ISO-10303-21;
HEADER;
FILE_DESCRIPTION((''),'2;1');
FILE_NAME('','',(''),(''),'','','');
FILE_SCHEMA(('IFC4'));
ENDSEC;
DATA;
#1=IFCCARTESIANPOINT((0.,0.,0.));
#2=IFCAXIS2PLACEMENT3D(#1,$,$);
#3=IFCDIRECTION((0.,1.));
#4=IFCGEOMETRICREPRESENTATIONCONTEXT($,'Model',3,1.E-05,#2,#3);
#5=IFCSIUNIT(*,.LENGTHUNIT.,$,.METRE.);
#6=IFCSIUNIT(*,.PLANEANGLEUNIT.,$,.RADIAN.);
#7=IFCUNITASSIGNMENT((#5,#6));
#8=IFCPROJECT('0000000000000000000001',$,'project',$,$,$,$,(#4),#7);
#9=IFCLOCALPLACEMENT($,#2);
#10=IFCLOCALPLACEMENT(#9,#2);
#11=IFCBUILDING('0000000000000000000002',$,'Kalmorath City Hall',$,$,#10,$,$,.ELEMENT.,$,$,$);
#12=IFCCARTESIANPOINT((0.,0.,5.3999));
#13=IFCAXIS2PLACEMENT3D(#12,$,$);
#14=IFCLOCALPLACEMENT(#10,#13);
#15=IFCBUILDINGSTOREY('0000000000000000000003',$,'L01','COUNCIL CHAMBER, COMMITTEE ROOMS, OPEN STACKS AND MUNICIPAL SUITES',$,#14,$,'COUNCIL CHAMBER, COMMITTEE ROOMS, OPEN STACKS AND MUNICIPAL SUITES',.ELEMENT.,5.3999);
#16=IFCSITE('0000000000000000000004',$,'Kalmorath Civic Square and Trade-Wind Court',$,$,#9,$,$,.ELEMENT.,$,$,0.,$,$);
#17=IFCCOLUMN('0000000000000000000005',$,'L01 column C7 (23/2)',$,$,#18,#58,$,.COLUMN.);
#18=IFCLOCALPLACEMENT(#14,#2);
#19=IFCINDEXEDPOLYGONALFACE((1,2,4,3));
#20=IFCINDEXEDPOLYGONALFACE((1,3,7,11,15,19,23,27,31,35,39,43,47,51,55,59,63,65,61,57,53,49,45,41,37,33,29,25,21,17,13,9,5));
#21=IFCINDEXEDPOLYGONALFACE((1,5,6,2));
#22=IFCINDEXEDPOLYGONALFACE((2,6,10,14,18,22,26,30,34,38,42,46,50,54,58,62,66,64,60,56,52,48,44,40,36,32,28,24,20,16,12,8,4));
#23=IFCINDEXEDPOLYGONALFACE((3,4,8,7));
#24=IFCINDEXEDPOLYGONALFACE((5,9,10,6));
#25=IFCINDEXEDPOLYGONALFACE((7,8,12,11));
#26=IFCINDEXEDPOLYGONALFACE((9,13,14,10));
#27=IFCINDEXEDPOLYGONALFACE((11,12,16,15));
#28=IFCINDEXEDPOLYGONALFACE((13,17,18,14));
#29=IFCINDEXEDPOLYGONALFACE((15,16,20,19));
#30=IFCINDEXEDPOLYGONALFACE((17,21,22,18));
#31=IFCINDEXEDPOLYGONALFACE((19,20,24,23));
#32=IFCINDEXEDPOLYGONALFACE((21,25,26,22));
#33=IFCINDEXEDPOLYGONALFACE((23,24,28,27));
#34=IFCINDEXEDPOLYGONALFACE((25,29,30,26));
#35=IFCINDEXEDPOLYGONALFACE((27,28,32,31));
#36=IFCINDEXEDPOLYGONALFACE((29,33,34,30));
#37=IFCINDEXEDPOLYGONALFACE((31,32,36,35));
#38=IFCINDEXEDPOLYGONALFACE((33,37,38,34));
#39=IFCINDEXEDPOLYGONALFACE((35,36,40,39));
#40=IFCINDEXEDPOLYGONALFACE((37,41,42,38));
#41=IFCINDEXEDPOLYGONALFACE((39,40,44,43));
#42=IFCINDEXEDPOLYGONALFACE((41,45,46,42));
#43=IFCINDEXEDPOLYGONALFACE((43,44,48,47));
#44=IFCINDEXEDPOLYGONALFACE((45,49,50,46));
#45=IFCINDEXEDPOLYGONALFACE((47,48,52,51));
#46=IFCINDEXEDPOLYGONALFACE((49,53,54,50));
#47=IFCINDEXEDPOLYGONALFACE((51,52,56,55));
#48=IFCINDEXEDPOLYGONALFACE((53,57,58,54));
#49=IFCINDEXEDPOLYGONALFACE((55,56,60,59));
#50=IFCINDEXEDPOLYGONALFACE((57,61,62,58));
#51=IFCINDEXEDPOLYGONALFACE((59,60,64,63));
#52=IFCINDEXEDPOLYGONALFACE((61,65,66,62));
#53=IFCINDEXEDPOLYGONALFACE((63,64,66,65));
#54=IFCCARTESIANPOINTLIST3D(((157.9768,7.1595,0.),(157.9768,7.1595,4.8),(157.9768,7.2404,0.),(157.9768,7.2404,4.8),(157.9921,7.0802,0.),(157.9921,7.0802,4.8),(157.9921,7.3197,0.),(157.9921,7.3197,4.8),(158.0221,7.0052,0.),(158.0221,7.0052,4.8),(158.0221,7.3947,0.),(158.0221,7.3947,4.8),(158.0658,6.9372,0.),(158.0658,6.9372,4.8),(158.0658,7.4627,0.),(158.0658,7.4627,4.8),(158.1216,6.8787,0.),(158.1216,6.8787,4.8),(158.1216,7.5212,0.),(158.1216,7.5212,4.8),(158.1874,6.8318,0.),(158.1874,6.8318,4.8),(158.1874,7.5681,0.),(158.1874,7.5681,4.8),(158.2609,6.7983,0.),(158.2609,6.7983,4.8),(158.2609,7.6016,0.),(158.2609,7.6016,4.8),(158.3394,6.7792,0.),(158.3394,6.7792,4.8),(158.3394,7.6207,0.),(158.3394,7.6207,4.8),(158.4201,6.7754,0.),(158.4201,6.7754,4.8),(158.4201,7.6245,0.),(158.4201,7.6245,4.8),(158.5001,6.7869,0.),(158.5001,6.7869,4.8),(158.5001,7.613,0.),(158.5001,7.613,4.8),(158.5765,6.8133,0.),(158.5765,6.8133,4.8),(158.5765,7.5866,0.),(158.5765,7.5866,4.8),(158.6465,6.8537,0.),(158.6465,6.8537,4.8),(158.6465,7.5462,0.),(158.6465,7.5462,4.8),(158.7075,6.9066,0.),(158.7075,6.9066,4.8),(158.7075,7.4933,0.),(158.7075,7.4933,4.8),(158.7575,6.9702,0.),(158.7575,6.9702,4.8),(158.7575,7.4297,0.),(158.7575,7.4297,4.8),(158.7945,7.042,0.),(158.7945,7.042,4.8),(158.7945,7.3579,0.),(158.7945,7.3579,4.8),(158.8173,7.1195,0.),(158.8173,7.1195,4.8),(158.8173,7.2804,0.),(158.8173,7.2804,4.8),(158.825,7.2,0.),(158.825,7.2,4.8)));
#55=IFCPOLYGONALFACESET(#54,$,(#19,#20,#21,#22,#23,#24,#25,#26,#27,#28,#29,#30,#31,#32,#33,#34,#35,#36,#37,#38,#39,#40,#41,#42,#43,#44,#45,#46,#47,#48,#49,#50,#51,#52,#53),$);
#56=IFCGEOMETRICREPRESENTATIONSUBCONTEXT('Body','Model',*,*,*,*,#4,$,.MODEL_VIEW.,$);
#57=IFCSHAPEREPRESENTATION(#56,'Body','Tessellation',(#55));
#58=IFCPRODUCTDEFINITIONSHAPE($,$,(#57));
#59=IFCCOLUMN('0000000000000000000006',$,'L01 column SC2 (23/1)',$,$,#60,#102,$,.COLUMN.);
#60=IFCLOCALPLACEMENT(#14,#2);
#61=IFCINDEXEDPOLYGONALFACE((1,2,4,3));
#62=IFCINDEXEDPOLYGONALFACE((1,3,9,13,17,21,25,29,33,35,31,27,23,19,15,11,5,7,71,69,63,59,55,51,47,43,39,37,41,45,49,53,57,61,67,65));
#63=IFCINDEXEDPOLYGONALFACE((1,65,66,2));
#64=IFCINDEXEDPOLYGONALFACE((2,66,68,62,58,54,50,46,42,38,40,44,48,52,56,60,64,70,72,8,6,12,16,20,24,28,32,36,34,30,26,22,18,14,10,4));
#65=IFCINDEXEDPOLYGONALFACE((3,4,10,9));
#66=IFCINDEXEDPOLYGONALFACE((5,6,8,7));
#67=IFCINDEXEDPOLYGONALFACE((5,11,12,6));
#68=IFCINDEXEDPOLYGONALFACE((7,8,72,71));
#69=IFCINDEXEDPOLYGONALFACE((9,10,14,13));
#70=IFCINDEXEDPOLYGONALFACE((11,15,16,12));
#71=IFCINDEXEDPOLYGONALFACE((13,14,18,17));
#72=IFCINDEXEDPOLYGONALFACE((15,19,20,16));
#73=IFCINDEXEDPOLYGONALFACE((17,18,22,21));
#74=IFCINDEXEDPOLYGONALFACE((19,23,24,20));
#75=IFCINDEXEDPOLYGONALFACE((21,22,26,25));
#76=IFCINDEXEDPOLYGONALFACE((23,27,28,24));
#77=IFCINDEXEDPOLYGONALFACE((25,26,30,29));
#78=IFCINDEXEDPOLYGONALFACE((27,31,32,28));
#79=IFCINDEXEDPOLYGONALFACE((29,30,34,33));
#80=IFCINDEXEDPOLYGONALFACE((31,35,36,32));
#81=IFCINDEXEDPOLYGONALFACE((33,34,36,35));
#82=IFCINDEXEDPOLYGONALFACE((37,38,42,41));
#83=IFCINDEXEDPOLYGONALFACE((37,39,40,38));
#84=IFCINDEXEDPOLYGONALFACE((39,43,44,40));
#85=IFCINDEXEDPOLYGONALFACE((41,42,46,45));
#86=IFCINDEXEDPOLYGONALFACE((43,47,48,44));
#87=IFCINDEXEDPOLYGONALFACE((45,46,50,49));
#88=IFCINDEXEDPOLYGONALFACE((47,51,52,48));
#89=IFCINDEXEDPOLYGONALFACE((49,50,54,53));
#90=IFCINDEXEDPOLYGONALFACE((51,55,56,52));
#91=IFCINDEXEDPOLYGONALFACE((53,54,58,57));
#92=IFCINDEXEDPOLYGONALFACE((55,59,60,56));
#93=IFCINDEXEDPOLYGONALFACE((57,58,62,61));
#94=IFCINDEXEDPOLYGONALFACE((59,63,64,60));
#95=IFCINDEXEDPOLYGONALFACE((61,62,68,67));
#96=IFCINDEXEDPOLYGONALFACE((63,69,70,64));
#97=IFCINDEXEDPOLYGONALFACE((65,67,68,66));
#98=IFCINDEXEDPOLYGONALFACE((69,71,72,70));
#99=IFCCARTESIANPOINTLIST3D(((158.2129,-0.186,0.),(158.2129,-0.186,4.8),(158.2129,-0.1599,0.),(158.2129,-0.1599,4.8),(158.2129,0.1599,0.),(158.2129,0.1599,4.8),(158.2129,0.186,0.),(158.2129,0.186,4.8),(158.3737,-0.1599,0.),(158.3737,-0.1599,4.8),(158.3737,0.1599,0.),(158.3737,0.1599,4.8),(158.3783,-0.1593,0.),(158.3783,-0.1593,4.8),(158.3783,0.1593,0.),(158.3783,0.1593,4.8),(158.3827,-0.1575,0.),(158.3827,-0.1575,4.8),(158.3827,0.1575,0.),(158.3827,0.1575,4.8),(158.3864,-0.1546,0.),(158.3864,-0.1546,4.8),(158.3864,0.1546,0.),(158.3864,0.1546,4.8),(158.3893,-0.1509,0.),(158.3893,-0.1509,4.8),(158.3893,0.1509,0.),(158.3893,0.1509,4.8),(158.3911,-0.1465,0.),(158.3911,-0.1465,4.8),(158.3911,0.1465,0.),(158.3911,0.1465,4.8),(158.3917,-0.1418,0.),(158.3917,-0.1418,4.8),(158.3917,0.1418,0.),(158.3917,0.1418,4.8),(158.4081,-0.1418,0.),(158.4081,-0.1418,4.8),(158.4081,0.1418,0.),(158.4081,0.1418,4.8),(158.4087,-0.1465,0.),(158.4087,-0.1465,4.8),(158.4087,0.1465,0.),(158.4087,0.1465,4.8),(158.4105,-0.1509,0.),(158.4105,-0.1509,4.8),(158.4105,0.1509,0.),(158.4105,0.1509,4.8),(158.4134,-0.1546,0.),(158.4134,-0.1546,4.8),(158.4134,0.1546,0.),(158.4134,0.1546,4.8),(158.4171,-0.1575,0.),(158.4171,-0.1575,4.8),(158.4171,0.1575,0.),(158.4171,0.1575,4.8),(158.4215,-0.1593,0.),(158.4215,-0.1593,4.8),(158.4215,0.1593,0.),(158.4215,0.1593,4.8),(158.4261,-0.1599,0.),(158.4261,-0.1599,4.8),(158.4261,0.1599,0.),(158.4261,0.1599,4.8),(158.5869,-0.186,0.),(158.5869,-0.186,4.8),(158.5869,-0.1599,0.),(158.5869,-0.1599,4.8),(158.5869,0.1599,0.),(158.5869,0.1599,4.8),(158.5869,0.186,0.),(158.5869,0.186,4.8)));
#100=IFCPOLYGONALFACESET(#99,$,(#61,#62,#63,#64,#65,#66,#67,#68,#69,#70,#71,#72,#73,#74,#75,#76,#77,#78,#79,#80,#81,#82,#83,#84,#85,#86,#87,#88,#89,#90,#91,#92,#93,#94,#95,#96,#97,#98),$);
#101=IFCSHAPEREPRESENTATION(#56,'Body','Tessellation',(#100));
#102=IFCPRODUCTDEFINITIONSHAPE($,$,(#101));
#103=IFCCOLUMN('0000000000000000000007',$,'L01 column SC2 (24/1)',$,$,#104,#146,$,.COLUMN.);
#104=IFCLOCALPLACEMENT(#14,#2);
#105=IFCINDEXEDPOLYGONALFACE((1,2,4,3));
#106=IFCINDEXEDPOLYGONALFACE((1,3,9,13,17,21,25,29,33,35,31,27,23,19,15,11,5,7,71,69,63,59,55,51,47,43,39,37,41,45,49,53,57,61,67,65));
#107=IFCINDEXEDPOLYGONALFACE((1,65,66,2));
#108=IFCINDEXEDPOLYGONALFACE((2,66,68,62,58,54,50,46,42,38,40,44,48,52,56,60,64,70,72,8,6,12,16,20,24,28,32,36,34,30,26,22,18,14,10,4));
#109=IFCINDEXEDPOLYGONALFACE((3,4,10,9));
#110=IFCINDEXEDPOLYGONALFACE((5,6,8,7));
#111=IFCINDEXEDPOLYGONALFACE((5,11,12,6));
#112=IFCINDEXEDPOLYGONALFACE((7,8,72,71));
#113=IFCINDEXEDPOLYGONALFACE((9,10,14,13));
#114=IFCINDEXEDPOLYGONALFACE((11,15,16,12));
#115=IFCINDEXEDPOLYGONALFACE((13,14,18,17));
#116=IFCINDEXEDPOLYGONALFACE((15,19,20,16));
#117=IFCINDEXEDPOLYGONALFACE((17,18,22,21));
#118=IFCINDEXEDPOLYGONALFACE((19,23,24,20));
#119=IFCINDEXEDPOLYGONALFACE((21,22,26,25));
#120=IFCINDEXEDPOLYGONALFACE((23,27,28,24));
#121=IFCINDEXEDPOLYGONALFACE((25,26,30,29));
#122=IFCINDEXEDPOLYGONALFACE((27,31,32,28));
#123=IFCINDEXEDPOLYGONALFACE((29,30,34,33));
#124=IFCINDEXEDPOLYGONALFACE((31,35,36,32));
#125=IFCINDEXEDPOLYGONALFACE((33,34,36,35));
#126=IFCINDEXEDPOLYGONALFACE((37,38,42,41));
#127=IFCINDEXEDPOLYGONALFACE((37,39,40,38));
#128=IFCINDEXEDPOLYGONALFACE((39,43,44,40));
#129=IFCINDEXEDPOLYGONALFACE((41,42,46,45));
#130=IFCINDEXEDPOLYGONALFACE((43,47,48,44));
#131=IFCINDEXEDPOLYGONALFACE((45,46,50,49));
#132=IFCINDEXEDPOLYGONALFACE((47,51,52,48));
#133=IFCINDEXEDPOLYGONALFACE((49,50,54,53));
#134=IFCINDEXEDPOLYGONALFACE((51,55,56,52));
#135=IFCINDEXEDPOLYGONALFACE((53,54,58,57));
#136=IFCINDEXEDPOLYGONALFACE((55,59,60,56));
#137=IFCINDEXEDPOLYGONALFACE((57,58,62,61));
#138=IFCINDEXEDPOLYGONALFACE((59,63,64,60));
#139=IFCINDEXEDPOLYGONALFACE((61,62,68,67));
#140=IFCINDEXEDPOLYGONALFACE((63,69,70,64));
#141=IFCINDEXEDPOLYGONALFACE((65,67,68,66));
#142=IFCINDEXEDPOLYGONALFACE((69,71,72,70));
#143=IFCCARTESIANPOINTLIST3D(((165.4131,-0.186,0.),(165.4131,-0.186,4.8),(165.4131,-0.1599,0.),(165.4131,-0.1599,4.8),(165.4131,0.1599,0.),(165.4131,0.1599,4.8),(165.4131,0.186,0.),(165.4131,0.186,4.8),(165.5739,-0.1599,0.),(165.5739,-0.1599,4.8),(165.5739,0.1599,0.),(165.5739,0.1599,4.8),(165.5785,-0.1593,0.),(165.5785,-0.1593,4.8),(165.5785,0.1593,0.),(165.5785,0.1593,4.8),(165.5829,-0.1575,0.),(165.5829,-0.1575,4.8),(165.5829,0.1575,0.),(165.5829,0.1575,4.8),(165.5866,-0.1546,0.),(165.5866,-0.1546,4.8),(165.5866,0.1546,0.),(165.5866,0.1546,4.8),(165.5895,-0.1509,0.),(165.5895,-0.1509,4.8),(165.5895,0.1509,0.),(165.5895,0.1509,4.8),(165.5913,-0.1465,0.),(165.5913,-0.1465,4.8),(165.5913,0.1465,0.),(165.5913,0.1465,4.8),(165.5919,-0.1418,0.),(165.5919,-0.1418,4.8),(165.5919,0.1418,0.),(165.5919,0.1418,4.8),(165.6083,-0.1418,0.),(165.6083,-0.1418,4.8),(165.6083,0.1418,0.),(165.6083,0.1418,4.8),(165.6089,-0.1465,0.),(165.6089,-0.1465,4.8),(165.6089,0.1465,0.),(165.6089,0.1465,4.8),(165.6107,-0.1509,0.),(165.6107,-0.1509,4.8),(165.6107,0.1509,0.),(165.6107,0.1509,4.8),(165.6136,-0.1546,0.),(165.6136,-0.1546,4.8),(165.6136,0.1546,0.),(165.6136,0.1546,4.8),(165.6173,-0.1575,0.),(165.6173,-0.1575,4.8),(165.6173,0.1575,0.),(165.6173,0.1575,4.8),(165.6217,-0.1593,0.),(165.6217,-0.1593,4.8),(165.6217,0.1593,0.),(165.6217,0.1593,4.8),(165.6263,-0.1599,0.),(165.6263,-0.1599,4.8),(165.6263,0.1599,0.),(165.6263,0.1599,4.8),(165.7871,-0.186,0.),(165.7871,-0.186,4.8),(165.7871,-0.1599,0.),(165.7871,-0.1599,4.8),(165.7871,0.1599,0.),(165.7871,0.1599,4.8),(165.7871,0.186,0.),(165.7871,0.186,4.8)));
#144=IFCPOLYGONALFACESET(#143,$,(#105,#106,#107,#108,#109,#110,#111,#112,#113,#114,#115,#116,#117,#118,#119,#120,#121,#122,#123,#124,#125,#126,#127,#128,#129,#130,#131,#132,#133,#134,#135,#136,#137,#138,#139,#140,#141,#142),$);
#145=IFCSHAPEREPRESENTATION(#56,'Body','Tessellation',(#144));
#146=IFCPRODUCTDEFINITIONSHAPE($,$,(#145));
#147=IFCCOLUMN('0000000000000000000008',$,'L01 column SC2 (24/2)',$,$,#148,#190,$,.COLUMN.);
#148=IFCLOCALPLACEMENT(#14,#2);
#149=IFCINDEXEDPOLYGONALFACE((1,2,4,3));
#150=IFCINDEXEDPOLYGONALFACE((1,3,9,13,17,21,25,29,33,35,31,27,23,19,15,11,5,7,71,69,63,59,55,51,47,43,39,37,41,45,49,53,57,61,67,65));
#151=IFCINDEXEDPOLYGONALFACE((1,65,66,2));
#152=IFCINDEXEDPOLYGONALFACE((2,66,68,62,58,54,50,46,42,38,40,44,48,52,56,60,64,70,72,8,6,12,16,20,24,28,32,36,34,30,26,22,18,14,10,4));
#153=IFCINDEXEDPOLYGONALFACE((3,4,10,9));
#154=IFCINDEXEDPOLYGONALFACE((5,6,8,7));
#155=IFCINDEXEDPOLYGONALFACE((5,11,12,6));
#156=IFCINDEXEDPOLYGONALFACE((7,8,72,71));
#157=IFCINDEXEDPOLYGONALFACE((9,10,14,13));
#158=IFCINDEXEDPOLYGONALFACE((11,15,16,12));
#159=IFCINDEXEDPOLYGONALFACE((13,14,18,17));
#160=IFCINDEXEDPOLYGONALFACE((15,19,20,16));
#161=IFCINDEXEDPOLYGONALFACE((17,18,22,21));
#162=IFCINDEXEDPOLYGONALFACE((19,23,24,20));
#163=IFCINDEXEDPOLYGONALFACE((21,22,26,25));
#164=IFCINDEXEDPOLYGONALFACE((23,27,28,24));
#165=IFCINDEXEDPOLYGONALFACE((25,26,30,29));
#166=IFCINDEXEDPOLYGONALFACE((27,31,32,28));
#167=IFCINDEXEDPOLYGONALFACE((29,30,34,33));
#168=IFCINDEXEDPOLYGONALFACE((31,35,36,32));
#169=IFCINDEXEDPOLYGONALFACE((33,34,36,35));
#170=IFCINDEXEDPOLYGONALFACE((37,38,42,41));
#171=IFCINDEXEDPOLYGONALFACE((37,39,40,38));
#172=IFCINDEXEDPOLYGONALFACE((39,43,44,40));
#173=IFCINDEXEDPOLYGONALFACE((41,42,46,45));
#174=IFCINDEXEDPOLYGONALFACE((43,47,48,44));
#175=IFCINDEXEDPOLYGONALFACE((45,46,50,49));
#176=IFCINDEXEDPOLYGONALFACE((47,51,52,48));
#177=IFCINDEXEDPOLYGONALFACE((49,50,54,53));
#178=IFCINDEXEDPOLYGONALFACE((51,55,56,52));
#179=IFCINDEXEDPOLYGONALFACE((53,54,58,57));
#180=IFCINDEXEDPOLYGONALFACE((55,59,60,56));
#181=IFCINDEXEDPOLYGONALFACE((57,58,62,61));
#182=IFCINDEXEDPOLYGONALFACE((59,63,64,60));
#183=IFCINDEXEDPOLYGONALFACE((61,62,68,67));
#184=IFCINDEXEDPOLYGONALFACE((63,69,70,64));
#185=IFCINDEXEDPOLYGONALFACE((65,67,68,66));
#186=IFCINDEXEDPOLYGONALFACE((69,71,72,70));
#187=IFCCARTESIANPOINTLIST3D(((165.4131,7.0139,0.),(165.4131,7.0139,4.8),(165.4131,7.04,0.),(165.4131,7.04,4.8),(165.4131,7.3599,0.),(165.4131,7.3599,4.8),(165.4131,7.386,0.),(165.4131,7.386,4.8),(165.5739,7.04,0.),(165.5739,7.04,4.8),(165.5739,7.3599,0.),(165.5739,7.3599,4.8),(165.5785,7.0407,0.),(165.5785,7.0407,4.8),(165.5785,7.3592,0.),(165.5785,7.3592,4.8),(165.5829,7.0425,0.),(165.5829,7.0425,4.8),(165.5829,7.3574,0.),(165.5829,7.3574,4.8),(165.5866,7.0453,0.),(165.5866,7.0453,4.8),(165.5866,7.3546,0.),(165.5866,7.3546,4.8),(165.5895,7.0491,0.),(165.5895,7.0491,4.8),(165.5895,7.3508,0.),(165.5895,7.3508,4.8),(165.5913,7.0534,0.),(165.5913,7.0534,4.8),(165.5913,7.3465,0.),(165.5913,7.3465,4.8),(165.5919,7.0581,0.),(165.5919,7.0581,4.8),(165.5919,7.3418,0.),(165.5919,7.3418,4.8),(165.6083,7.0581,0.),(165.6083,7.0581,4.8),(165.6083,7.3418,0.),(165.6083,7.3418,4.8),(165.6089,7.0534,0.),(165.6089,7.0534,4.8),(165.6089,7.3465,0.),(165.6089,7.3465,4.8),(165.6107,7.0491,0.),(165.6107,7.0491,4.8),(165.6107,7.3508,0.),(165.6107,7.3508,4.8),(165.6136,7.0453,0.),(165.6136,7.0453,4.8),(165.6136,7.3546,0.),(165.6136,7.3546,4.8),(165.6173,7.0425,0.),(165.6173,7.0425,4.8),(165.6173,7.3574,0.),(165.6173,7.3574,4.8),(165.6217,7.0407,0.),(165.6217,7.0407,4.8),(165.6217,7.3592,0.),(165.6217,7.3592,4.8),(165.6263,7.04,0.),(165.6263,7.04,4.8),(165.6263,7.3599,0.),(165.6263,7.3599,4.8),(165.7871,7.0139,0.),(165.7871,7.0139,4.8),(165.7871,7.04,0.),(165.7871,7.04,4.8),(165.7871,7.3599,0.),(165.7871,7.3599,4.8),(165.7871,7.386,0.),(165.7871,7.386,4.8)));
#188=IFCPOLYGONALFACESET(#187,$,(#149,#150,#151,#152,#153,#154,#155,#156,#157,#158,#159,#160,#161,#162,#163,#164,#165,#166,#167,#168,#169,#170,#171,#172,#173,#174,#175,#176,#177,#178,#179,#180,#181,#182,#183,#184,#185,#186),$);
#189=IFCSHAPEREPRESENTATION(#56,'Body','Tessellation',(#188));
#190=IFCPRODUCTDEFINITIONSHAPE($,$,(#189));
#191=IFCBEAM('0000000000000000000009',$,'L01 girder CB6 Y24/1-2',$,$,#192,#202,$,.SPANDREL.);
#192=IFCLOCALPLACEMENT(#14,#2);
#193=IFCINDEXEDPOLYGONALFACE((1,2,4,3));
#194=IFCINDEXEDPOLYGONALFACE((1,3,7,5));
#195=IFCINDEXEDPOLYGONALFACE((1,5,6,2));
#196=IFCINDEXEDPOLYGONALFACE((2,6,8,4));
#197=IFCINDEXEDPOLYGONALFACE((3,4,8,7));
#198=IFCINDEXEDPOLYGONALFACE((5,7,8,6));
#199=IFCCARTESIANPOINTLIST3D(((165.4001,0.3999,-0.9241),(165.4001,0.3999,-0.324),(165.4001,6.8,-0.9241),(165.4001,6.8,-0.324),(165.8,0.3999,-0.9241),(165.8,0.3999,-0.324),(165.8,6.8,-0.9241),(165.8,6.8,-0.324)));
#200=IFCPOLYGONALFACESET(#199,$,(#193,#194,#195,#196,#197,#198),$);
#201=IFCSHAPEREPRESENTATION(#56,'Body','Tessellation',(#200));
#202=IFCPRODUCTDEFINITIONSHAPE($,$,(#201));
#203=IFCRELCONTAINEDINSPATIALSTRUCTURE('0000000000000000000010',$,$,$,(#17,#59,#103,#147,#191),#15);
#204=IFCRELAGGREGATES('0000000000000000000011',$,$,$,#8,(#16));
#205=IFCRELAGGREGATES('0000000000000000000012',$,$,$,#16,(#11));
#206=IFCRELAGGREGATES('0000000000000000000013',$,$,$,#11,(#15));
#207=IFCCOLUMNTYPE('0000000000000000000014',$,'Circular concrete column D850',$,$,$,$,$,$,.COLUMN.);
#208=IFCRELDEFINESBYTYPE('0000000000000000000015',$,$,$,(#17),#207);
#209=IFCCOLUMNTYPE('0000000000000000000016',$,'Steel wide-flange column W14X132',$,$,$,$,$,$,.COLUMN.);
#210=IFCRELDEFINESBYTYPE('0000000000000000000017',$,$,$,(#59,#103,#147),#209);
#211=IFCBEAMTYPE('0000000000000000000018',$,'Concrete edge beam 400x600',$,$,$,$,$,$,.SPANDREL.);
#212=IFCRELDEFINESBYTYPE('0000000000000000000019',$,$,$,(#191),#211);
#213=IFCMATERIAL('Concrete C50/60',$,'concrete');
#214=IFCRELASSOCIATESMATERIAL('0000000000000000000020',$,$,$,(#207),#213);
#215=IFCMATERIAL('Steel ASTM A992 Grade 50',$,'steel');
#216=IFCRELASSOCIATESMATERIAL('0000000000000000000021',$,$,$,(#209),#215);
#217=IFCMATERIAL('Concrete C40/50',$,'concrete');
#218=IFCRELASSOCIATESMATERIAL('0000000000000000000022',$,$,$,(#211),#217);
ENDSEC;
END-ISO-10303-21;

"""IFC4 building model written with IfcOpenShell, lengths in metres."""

from ifc_helpers import new_model, si_unit, direction, frame, origin, origin_2d, place, context, subcontext, project, spatial, rectangle, circle, i_section, extrude, material, material_profile, profile_set, type_object, element, save


model = new_model("IFC4")

# Units and contexts
model_context = context("Model", 3, precision=1e-05, world=origin(), true_north=direction((0.0, 1.0)))
body_context = subcontext(model_context, "Body", "Model", "MODEL_VIEW")
ifc_project = project(units=[si_unit("LENGTHUNIT", "METRE"), si_unit("PLANEANGLEUNIT", "RADIAN")], contexts=[model_context])

# Site, building, storey
site_placement = place(None, origin())
site = spatial("IfcSite", under=ifc_project, at=site_placement, Name="Kalmorath Civic Square and Trade-Wind Court", CompositionType="ELEMENT", RefElevation=0.0)
building_placement = place(site_placement, origin())
building = spatial("IfcBuilding", under=site, at=building_placement, Name="Kalmorath City Hall", CompositionType="ELEMENT")
storey_placement = place(building_placement, frame((0.0, 0.0, 5.3999)))
storey = spatial("IfcBuildingStorey", under=building, at=storey_placement, Name="L01", Description="COUNCIL CHAMBER, COMMITTEE ROOMS, OPEN STACKS AND MUNICIPAL SUITES", LongName="COUNCIL CHAMBER, COMMITTEE ROOMS, OPEN STACKS AND MUNICIPAL SUITES", CompositionType="ELEMENT", Elevation=5.3999)

# Columns
ifc_material_1 = material(Name="Concrete C50/60", Category="concrete")
ifc_material_profile_1 = material_profile(ifc_material_1, circle(Radius=0.425, at=origin_2d()), Name="RC-COL-D850")
ifc_profile_set_1 = profile_set([ifc_material_profile_1], Name="Concrete C50/60")
column_type_1 = type_object("IfcColumnType", Name="Circular concrete column D850", PredefinedType="COLUMN", material=ifc_profile_set_1)
column_placement = place(storey_placement, frame((158.3999, 7.2, 0.0), z_axis=(0.0, 0.0, 1.0), x_axis=(1.0, 0.0, 0.0)))
element("IfcColumn", 1, at=column_placement, inside=storey, type_object=column_type_1, Name="L01 column C7 (23/2)", PredefinedType="COLUMN", context=body_context, shape_type="SweptSolid", body=[
    extrude(circle(Radius=0.425, at=origin_2d()), origin(), (0.0, 0.0, 1.0), 4.8),
])
ifc_material_2 = material(Name="Steel ASTM A992 Grade 50", Category="steel")
ifc_material_profile_2 = material_profile(ifc_material_2, i_section(OverallWidth=0.374, OverallDepth=0.3721, WebThickness=0.0164, FlangeThickness=0.0261, FilletRadius=0.0181, at=origin_2d()), Name="W14X132")
ifc_profile_set_2 = profile_set([ifc_material_profile_2], Name="Steel ASTM A992 Grade 50")
column_type_2 = type_object("IfcColumnType", Name="Steel wide-flange column W14X132", PredefinedType="COLUMN", material=ifc_profile_set_2)
for number, where, z_axis, x_axis, name in (
    (2, (158.3999, 0.0, 0.0), (0.0, 0.0, 1.0), (1.0, 0.0, 0.0), "L01 column SC2 (23/1)"),
    (3, (165.6001, 0.0, 0.0), (0.0, 0.0, 1.0), (1.0, 0.0, 0.0), "L01 column SC2 (24/1)"),
    (4, (165.6001, 7.2, 0.0), (0.0, 0.0, 1.0), (1.0, 0.0, 0.0), "L01 column SC2 (24/2)"),
):
    element("IfcColumn", number, at=place(storey_placement, frame(where, z_axis=z_axis, x_axis=x_axis)), inside=storey, type_object=column_type_2, Name=name, PredefinedType="COLUMN", context=body_context, shape_type="SweptSolid", body=[
        extrude(i_section(OverallWidth=0.374, OverallDepth=0.3721, WebThickness=0.0164, FlangeThickness=0.0261, FilletRadius=0.0181, at=origin_2d()), origin(), (0.0, 0.0, 1.0), 4.8),
    ])

# Beam
ifc_material_3 = material(Name="Concrete C40/50", Category="concrete")
ifc_material_profile_3 = material_profile(ifc_material_3, rectangle(XDim=0.3999, YDim=0.6001, at=origin_2d()), Name="RC-BM-400X600")
ifc_profile_set_3 = profile_set([ifc_material_profile_3], Name="Concrete C40/50")
beam_type_1 = type_object("IfcBeamType", Name="Concrete edge beam 400x600", PredefinedType="SPANDREL", material=ifc_profile_set_3)
beam_1_placement = place(storey_placement, frame((165.6001, 0.3999, -0.624), z_axis=(0.0, 1.0, 0.0), x_axis=(-1.0, 0.0, 0.0)))
element("IfcBeam", 5, at=beam_1_placement, inside=storey, type_object=beam_type_1, Name="L01 girder CB6 Y24/1-2", PredefinedType="SPANDREL", context=body_context, shape_type="SweptSolid", body=[
    extrude(rectangle(XDim=0.3999, YDim=0.6001, at=origin_2d()), origin(), (0.0, 0.0, 1.0), 6.4001),
])

save(model, "model.ifc")
